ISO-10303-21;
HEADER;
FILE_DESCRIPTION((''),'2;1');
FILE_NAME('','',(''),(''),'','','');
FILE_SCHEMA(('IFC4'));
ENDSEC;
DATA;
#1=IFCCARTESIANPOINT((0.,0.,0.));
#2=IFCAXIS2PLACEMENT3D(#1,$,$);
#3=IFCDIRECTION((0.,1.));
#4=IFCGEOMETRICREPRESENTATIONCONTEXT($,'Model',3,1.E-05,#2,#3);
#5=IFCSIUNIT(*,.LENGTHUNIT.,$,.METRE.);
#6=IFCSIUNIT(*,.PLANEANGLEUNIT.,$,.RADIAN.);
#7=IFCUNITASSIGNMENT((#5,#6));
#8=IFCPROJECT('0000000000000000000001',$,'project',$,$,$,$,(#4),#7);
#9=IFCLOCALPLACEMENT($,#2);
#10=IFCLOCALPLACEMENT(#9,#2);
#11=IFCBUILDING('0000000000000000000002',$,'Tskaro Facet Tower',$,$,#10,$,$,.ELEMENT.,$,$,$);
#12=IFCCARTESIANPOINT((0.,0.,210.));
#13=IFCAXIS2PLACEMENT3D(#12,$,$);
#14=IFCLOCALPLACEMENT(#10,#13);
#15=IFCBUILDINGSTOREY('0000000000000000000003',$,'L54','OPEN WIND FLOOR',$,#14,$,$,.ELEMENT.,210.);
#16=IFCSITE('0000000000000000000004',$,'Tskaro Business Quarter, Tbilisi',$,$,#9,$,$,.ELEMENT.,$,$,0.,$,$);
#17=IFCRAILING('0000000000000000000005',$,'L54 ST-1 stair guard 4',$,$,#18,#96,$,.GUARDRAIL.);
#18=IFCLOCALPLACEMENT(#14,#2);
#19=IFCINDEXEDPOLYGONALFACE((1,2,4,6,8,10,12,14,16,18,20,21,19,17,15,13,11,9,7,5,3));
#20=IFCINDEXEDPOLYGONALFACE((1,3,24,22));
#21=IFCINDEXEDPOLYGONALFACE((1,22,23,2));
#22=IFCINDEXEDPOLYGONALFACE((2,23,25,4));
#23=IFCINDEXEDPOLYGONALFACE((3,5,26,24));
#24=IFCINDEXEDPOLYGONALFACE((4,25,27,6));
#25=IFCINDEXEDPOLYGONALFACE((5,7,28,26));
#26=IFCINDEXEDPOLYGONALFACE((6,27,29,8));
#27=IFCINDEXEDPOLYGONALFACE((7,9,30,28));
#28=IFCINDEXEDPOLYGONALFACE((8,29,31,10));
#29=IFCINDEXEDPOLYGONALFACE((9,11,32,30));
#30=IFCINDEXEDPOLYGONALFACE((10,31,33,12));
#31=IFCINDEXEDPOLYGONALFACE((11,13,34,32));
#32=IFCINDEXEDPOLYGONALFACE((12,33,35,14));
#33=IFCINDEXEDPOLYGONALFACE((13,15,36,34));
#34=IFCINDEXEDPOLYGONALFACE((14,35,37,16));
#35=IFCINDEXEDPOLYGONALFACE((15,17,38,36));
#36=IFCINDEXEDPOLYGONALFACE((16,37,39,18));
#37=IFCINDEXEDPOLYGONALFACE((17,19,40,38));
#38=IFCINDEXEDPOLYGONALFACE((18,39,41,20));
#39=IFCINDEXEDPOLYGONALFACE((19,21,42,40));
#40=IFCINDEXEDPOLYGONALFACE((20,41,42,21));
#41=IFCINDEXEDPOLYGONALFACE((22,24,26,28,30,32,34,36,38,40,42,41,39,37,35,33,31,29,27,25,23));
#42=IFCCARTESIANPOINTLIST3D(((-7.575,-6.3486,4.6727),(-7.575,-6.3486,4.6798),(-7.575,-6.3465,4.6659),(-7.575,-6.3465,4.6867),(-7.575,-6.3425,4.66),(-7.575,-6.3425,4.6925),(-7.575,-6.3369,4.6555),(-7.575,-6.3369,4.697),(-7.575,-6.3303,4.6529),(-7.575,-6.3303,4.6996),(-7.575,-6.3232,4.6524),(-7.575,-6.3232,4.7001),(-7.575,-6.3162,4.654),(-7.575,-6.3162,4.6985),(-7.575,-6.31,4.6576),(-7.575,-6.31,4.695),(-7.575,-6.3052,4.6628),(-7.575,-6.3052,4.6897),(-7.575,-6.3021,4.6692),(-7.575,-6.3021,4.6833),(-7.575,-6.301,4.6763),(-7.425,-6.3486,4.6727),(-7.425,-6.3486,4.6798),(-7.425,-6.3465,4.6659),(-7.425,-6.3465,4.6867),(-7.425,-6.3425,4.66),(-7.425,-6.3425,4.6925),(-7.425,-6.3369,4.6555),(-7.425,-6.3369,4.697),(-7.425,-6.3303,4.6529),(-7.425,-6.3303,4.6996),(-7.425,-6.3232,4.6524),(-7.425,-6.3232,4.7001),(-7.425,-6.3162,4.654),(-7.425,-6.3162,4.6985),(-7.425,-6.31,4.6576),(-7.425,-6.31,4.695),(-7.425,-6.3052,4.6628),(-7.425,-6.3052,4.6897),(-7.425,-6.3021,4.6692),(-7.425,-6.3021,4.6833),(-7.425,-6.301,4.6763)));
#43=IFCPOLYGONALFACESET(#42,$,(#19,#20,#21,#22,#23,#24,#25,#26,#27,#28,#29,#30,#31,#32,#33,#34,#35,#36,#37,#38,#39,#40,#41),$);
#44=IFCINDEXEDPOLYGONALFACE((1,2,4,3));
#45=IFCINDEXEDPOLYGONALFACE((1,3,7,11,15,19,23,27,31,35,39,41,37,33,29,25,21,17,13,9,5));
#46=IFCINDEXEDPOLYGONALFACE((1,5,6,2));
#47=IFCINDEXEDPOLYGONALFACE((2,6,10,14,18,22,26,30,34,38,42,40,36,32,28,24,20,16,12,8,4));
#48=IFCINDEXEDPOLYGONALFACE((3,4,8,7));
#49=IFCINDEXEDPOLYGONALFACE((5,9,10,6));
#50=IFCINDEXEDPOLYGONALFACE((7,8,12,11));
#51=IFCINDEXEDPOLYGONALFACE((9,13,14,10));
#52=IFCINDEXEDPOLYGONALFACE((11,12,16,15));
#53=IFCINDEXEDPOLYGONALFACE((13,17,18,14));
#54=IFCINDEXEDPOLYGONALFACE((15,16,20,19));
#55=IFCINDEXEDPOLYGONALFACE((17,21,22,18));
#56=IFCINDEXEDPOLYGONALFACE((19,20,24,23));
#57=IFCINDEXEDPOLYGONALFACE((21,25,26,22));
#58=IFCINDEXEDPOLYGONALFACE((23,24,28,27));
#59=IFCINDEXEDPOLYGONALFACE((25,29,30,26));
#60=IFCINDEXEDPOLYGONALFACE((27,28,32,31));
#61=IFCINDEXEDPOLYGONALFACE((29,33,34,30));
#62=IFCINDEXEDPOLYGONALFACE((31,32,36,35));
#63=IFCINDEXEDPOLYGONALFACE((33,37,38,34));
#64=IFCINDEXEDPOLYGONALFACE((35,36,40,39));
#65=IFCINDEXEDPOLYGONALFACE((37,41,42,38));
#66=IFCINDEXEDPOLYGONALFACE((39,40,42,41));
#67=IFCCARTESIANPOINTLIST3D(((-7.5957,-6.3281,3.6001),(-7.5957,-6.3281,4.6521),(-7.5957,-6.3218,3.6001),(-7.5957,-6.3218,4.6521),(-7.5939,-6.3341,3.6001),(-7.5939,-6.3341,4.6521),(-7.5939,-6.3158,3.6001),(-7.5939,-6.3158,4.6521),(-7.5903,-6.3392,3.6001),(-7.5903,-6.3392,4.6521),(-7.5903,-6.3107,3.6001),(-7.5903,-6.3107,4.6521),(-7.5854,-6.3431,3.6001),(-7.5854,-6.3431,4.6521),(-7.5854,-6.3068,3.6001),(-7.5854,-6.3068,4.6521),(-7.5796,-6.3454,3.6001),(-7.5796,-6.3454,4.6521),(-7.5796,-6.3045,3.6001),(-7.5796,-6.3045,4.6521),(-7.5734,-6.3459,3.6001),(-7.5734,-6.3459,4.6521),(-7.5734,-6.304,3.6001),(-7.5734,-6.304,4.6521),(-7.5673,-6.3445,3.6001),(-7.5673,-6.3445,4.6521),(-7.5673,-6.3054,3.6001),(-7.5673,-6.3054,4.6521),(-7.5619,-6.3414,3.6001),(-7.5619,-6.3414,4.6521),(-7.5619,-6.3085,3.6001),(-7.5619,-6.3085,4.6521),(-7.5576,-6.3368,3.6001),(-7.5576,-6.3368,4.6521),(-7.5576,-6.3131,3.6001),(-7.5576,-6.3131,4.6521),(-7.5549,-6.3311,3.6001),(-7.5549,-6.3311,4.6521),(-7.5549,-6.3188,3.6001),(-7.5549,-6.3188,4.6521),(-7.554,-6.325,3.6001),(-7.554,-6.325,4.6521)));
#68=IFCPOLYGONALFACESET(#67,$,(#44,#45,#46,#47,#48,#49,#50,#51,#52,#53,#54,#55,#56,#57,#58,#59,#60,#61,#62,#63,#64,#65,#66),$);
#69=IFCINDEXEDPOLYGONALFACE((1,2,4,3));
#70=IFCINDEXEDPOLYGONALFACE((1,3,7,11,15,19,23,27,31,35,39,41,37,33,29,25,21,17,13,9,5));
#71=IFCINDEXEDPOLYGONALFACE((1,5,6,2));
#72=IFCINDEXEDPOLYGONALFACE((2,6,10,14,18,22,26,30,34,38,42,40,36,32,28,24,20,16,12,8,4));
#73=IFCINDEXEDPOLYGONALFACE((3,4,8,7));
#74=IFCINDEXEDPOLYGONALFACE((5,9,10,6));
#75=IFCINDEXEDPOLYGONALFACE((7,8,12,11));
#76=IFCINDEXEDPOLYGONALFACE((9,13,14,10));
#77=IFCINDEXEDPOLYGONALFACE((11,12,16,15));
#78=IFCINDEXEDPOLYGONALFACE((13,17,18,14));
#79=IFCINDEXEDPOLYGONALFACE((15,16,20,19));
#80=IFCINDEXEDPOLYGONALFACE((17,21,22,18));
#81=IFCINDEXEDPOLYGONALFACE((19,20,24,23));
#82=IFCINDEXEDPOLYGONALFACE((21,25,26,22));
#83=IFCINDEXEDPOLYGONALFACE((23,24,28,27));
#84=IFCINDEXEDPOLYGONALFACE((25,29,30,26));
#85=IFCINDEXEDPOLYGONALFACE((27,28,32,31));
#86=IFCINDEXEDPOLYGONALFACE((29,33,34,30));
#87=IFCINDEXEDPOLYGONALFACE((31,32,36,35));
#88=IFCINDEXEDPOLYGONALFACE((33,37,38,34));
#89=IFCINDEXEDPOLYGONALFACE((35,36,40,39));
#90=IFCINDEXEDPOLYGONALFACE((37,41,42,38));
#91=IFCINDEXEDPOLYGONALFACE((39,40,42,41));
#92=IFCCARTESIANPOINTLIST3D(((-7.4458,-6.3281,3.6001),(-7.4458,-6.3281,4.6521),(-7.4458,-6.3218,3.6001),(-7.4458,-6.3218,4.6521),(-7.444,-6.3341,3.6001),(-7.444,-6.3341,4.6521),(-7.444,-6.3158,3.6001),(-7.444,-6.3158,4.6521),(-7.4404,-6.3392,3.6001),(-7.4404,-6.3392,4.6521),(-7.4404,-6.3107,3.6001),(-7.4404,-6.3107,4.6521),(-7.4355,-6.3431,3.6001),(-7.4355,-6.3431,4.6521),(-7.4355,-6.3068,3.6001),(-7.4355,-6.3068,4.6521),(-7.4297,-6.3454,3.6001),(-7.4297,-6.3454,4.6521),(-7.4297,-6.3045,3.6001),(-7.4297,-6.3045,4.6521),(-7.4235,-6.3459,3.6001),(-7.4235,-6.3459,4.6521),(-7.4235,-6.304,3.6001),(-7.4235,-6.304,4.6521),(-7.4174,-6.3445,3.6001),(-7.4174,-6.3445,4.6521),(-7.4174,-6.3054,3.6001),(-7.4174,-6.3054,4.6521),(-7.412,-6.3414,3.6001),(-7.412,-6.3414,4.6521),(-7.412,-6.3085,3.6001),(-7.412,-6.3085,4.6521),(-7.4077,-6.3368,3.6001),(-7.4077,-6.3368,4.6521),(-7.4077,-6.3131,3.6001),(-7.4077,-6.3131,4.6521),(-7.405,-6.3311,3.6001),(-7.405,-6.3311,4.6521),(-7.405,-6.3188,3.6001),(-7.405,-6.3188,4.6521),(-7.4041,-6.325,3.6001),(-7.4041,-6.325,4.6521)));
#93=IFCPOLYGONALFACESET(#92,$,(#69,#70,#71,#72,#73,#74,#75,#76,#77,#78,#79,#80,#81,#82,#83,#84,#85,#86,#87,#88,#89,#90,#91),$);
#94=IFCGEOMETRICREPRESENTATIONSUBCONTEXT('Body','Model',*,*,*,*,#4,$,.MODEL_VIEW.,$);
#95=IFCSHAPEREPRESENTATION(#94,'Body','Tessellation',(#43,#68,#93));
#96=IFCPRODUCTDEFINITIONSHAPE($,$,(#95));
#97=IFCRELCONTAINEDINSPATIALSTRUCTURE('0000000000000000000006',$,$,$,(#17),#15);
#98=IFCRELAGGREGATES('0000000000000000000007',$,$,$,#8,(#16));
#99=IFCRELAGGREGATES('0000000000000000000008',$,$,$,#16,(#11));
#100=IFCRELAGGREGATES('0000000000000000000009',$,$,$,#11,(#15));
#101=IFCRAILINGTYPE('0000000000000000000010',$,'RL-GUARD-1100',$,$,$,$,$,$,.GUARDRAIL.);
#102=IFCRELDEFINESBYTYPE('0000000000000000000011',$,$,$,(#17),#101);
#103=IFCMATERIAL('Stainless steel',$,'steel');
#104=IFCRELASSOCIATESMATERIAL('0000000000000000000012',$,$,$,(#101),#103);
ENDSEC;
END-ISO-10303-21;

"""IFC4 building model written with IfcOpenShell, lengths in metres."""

from ifc_helpers import new_model, si_unit, direction, frame, origin, origin_2d, place, context, subcontext, project, spatial, circle, extrude, material, type_object, element, save


model = new_model("IFC4")

# Units and contexts
model_context = context("Model", 3, precision=1e-05, world=origin(), true_north=direction((0.0, 1.0)))
body_context = subcontext(model_context, "Body", "Model", "MODEL_VIEW")
ifc_project = project(units=[si_unit("LENGTHUNIT", "METRE"), si_unit("PLANEANGLEUNIT", "RADIAN")], contexts=[model_context])

# Site, building, storey
site_placement = place(None, origin())
site = spatial("IfcSite", under=ifc_project, at=site_placement, Name="Tskaro Business Quarter, Tbilisi", CompositionType="ELEMENT", RefElevation=0.0)
building_placement = place(site_placement, origin())
building = spatial("IfcBuilding", under=site, at=building_placement, Name="Tskaro Facet Tower", CompositionType="ELEMENT")
storey_placement = place(building_placement, frame((0.0, 0.0, 210.0)))
storey = spatial("IfcBuildingStorey", under=building, at=storey_placement, Name="L54", Description="OPEN WIND FLOOR", CompositionType="ELEMENT", Elevation=210.0)

# Shared definitions
ifc_material_1 = material(Name="Stainless steel", Category="steel")

# Railing
railing_type_1 = type_object("IfcRailingType", Name="RL-GUARD-1100", PredefinedType="GUARDRAIL", material=ifc_material_1)
railing_1_placement = place(storey_placement, frame((-7.575, -6.325, 3.6001)))
element("IfcRailing", 1, at=railing_1_placement, inside=storey, type_object=railing_type_1, Name="L54 ST-1 stair guard 4", PredefinedType="GUARDRAIL", context=body_context, shape_type="SweptSolid", body=[
    extrude(circle(Radius=0.0239, at=origin_2d()), frame((0.0, 0.0, 1.0762), z_axis=(1.0, 0.0, 0.0), x_axis=(0.0, 1.0, 0.0)), (0.0, 0.0, 1.0), 0.1499),
    extrude(circle(Radius=0.021, at=origin_2d()), origin(), (0.0, 0.0, 1.0), 1.052),
    extrude(circle(Radius=0.021, at=origin_2d()), frame((0.1499, 0.0, 0.0)), (0.0, 0.0, 1.0), 1.052),
])

save(model, "model.ifc")
